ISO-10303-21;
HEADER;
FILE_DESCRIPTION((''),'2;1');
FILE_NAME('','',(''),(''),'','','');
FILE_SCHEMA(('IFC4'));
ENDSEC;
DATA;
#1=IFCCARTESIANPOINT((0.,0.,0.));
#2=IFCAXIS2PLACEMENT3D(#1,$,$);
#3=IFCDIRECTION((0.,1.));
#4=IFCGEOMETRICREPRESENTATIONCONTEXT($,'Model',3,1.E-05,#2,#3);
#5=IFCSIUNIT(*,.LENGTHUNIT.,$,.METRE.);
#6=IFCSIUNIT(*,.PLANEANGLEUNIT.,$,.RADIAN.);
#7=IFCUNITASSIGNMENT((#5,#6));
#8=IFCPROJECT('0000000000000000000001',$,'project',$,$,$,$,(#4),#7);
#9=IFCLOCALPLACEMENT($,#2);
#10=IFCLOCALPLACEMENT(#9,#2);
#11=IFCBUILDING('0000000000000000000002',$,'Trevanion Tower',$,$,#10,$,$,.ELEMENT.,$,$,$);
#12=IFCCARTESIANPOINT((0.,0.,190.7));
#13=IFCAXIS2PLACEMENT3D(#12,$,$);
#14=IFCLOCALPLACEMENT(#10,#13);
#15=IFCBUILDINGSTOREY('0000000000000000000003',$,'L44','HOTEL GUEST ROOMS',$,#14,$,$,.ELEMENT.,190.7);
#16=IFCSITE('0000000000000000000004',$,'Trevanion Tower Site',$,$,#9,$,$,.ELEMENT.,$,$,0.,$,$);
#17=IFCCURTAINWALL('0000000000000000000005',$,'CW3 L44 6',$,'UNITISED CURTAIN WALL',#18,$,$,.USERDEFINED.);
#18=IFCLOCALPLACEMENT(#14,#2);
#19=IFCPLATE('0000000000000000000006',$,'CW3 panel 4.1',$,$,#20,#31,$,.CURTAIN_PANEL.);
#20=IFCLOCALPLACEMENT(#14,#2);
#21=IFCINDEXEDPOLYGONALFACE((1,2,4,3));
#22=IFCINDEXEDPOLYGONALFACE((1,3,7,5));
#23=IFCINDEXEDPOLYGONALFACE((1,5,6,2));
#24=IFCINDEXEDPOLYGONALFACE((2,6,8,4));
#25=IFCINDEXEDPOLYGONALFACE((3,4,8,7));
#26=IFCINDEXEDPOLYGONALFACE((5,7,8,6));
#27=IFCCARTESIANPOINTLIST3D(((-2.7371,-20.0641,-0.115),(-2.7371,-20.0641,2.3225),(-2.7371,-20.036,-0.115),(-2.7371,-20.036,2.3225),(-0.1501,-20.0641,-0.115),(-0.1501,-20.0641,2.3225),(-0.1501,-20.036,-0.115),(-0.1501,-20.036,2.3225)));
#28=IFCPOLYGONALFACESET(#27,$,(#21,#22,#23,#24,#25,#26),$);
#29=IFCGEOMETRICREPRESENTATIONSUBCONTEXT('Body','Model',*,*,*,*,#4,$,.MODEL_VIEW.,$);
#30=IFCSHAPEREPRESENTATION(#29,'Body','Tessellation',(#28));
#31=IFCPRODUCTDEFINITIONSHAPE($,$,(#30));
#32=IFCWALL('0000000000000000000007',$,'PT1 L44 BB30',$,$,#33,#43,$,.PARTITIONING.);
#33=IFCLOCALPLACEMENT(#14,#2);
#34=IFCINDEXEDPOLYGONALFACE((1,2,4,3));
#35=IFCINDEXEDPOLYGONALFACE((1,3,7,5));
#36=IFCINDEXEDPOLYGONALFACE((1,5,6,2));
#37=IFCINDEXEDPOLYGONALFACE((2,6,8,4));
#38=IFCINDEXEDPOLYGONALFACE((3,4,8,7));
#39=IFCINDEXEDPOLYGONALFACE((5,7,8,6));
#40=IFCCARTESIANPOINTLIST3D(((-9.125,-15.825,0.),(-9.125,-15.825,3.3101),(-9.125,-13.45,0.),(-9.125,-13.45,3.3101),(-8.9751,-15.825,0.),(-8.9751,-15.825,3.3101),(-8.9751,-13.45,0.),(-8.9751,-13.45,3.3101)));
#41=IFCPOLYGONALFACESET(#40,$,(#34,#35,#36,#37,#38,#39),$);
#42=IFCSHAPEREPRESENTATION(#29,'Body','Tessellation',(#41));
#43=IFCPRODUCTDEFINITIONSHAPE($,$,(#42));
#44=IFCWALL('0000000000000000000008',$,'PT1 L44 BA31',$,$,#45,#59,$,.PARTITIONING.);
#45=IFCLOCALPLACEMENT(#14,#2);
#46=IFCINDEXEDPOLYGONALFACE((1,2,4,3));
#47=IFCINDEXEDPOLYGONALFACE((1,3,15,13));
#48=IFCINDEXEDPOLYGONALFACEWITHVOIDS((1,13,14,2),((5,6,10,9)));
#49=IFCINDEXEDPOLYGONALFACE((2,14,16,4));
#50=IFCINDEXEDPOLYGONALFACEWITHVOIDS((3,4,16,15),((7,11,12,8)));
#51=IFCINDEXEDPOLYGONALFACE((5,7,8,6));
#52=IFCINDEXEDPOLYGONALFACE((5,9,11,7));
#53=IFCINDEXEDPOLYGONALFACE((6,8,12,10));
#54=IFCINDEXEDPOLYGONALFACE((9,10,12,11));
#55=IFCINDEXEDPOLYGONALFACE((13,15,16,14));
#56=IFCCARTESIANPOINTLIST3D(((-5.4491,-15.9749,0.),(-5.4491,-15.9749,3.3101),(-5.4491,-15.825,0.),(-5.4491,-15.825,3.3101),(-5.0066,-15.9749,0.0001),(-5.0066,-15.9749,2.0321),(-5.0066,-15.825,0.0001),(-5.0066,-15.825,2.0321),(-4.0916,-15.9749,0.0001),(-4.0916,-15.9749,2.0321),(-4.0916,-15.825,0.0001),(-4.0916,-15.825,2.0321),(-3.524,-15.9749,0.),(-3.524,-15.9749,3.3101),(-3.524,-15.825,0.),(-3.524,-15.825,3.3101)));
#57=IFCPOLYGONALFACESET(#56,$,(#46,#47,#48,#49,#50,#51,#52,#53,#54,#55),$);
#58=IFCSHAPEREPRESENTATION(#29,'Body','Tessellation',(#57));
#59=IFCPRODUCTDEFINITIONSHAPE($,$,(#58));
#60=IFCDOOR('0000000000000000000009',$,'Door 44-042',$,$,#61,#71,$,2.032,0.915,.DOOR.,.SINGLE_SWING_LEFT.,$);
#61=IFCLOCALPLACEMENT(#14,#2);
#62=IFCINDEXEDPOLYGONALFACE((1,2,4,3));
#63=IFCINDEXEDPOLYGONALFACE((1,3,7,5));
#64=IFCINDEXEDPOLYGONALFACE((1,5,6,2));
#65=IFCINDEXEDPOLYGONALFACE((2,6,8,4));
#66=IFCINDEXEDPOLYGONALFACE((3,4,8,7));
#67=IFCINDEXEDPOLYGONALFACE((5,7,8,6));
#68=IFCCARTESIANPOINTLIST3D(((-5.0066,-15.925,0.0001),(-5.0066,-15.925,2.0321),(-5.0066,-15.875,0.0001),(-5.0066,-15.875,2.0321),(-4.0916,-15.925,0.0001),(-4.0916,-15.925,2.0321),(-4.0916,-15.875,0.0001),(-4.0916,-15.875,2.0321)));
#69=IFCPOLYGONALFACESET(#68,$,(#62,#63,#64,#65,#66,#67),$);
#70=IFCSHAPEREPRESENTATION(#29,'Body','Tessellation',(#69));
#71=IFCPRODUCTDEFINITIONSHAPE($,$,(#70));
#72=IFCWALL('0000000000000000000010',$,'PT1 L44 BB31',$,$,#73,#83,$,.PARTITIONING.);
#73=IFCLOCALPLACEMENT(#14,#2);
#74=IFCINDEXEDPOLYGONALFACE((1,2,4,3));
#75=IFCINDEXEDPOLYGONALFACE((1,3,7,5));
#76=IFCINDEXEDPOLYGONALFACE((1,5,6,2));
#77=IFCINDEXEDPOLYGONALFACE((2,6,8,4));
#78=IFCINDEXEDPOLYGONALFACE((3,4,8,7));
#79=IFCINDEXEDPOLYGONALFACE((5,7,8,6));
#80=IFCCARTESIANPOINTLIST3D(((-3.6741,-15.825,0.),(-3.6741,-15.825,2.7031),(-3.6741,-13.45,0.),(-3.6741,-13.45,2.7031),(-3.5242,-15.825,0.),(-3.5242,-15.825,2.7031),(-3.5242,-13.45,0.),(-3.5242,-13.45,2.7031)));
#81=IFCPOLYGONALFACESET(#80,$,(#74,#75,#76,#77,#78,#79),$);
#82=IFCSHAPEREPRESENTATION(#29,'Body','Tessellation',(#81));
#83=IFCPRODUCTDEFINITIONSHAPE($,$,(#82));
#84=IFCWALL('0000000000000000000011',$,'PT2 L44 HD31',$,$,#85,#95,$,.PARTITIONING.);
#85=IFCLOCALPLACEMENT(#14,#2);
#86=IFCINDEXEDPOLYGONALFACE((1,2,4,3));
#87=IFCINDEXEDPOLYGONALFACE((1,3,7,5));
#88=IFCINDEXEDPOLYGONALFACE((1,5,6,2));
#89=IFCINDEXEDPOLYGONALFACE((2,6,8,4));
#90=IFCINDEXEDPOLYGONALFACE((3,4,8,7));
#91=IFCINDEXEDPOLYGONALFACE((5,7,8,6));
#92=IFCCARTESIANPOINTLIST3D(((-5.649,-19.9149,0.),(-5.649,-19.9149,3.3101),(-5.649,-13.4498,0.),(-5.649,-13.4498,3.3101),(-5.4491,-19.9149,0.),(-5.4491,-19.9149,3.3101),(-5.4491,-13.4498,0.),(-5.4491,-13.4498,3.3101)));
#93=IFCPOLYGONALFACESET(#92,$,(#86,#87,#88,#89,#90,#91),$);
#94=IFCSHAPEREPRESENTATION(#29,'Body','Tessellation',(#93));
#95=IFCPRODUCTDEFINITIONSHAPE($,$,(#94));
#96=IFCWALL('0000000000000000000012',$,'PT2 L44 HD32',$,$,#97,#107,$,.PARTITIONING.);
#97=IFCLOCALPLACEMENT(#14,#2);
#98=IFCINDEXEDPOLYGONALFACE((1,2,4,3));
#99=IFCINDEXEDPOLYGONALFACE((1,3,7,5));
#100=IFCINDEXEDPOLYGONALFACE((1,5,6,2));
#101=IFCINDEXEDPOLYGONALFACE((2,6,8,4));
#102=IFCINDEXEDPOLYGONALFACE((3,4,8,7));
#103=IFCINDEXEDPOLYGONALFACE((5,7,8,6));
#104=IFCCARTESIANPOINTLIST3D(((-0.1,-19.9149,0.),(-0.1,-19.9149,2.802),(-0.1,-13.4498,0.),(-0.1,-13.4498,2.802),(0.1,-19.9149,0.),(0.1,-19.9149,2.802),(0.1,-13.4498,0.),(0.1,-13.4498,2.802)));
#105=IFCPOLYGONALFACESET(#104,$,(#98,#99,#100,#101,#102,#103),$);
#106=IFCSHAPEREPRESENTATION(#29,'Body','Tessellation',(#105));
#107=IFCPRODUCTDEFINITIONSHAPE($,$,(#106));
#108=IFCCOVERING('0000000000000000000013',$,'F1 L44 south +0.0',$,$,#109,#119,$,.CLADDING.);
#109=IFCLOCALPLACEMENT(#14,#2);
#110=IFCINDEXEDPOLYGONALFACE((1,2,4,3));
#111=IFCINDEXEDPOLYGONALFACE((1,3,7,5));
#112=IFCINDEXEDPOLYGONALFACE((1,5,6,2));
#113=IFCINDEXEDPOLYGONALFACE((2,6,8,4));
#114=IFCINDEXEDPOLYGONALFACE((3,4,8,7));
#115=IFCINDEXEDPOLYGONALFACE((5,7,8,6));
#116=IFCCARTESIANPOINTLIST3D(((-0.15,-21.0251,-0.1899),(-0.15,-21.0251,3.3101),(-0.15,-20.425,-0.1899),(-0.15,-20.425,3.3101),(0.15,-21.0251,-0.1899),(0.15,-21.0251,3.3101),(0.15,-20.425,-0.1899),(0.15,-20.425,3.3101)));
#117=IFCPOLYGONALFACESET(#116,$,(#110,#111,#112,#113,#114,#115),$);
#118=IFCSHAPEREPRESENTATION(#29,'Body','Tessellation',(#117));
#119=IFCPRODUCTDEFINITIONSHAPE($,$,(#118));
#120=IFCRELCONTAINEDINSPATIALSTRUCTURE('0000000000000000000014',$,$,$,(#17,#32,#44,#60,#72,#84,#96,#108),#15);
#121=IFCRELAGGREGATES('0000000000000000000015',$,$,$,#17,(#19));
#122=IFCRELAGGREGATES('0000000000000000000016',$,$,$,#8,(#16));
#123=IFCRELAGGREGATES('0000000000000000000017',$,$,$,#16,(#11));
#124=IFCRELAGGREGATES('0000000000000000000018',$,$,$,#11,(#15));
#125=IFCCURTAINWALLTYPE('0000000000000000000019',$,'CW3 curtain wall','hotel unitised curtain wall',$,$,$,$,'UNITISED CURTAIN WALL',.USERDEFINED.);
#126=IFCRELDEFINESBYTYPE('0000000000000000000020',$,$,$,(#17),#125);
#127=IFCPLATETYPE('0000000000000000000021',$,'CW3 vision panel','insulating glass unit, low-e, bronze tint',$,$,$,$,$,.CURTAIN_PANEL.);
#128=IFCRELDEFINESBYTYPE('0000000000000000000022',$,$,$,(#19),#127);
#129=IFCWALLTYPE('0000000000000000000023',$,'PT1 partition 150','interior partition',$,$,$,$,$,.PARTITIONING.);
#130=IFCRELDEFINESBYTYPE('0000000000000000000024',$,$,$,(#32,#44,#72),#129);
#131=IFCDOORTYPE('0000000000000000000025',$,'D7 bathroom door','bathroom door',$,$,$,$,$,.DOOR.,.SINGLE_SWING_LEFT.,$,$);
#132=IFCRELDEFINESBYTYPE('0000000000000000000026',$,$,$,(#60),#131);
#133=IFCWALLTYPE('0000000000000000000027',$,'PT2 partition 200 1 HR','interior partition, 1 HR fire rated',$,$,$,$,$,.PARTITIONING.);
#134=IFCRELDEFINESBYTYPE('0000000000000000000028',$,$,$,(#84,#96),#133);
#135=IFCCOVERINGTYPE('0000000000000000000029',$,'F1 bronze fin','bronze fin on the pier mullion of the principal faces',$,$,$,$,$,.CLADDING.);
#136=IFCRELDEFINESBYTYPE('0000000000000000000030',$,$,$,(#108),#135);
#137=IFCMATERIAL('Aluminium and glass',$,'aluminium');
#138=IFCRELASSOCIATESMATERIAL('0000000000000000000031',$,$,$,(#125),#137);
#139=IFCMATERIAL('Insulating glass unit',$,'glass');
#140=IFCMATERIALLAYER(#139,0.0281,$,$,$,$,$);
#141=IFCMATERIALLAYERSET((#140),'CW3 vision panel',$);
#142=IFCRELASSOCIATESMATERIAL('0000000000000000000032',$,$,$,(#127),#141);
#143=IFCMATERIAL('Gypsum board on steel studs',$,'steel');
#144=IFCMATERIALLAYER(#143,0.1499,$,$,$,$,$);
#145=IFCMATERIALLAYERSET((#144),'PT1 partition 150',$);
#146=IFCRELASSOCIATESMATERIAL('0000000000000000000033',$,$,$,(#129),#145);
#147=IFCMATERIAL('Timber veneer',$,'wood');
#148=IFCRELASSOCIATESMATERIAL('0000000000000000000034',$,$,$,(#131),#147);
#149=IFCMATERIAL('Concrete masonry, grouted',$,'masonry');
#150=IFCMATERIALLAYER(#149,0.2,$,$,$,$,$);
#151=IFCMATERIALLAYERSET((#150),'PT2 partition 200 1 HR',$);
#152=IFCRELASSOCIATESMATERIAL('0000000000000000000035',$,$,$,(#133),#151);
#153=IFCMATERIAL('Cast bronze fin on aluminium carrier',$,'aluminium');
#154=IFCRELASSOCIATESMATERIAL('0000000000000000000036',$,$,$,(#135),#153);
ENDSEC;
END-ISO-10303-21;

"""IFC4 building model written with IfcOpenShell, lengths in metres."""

from ifc_helpers import new_model, si_unit, direction, frame, frame_2d, origin, origin_2d, place, context, subcontext, project, spatial, rectangle, extrude, material, layer, layer_set, type_object, element, fill, aggregate, save


model = new_model("IFC4")

# Units and contexts
model_context = context("Model", 3, precision=1e-05, world=origin(), true_north=direction((0.0, 1.0)))
body_context = subcontext(model_context, "Body", "Model", "MODEL_VIEW")
ifc_project = project(units=[si_unit("LENGTHUNIT", "METRE"), si_unit("PLANEANGLEUNIT", "RADIAN")], contexts=[model_context])

# Site, building, storey
site_placement = place(None, origin())
site = spatial("IfcSite", under=ifc_project, at=site_placement, Name="Trevanion Tower Site", CompositionType="ELEMENT", RefElevation=0.0)
building_placement = place(site_placement, origin())
building = spatial("IfcBuilding", under=site, at=building_placement, Name="Trevanion Tower", CompositionType="ELEMENT")
storey_placement = place(building_placement, frame((0.0, 0.0, 190.7)))
storey = spatial("IfcBuildingStorey", under=building, at=storey_placement, Name="L44", Description="HOTEL GUEST ROOMS", CompositionType="ELEMENT", Elevation=190.7)

# Curtain wall
ifc_material_1 = material(Name="Aluminium and glass", Category="aluminium")
curtain_wall_type = type_object("IfcCurtainWallType", Name="CW3 curtain wall", Description="hotel unitised curtain wall", ElementType="UNITISED CURTAIN WALL", PredefinedType="USERDEFINED", material=ifc_material_1)
curtain_wall_placement = place(storey_placement, origin())
curtain_wall = element("IfcCurtainWall", 1, at=curtain_wall_placement, inside=storey, type_object=curtain_wall_type, Name="CW3 L44 6", ObjectType="UNITISED CURTAIN WALL", PredefinedType="USERDEFINED")

# Plate
ifc_material_2 = material(Name="Insulating glass unit", Category="glass")
ifc_layer_1 = layer(ifc_material_2, 0.0281)
ifc_layer_set_1 = layer_set([ifc_layer_1], Name="CW3 vision panel")
plate_type_1 = type_object("IfcPlateType", Name="CW3 vision panel", Description="insulating glass unit, low-e, bronze tint", PredefinedType="CURTAIN_PANEL", material=ifc_layer_set_1)
plate_1_placement = place(storey_placement, frame((-1.4436, -20.05, -0.115), z_axis=(0.0, 0.0, 1.0), x_axis=(1.0, 0.0, 0.0)))
plate_1 = element("IfcPlate", 2, at=plate_1_placement, type_object=plate_type_1, Name="CW3 panel 4.1", PredefinedType="CURTAIN_PANEL", context=body_context, shape_type="SweptSolid", body=[
    extrude(rectangle(XDim=2.5869, YDim=0.0281, at=origin_2d()), origin(), (0.0, 0.0, 1.0), 2.4375),
])
aggregate(curtain_wall, [plate_1])

# Wall
ifc_material_3 = material(Name="Gypsum board on steel studs", Category="steel")
ifc_layer_2 = layer(ifc_material_3, 0.1499)
ifc_layer_set_2 = layer_set([ifc_layer_2], Name="PT1 partition 150")
wall_type_1 = type_object("IfcWallType", Name="PT1 partition 150", Description="interior partition", PredefinedType="PARTITIONING", material=ifc_layer_set_2)
wall_1_placement = place(storey_placement, frame((-9.05, -13.45, 0.0), z_axis=(0.0, 0.0, 1.0), x_axis=(0.0, -1.0, 0.0)))
element("IfcWall", 3, at=wall_1_placement, inside=storey, type_object=wall_type_1, Name="PT1 L44 BB30", PredefinedType="PARTITIONING", context=body_context, shape_type="SweptSolid", body=[
    extrude(rectangle(XDim=2.375, YDim=0.1499, at=frame_2d((1.1875, 0.0))), origin(), (0.0, 0.0, 1.0), 3.3101),
])

# Wall, opening, door
wall_2_placement = place(storey_placement, frame((-5.449, -15.8999, 0.0), z_axis=(0.0, 0.0, 1.0), x_axis=(1.0, 0.0, 0.0)))
wall_2 = element("IfcWall", 4, at=wall_2_placement, inside=storey, type_object=wall_type_1, Name="PT1 L44 BA31", PredefinedType="PARTITIONING", context=body_context, shape_type="SweptSolid", body=[
    extrude(rectangle(XDim=1.925, YDim=0.1499, at=frame_2d((0.9624, 0.0))), origin(), (0.0, 0.0, 1.0), 3.3101),
])
opening_placement = place(wall_2_placement, frame((0.4424, 0.0, 0.0)))
opening = element("IfcOpeningElement", 5, at=opening_placement, cuts=wall_2, PredefinedType="OPENING", context=body_context, shape_type="SweptSolid", body=[
    extrude(rectangle(XDim=0.915, YDim=2.032, at=frame_2d((0.4575, 1.0161))), frame((0.0, 0.085, 0.0), z_axis=(0.0, -1.0, 0.0), x_axis=(1.0, 0.0, 0.0)), (0.0, 0.0, 1.0), 0.1699),
])
ifc_material_4 = material(Name="Timber veneer", Category="wood")
door_type = type_object("IfcDoorType", Name="D7 bathroom door", Description="bathroom door", OperationType="SINGLE_SWING_LEFT", PredefinedType="DOOR", material=ifc_material_4)
door_placement = place(opening_placement, origin())
door = element("IfcDoor", 6, at=door_placement, inside=storey, type_object=door_type, Name="Door 44-042", OperationType="SINGLE_SWING_LEFT", OverallHeight=2.032, OverallWidth=0.915, PredefinedType="DOOR", context=body_context, shape_type="SweptSolid", body=[
    extrude(rectangle(XDim=0.915, YDim=2.032, at=frame_2d((0.4575, 1.0161))), frame((0.0, 0.0249, 0.0), z_axis=(0.0, -1.0, 0.0), x_axis=(1.0, 0.0, 0.0)), (0.0, 0.0, 1.0), 0.05),
])
fill(opening, door)

# Walls
wall_3_placement = place(storey_placement, frame((-3.5991, -13.45, 0.0), z_axis=(0.0, 0.0, 1.0), x_axis=(0.0, -1.0, 0.0)))
element("IfcWall", 7, at=wall_3_placement, inside=storey, type_object=wall_type_1, Name="PT1 L44 BB31", PredefinedType="PARTITIONING", context=body_context, shape_type="SweptSolid", body=[
    extrude(rectangle(XDim=2.375, YDim=0.1499, at=frame_2d((1.1875, 0.0))), origin(), (0.0, 0.0, 1.0), 2.7031),
])
ifc_material_5 = material(Name="Concrete masonry, grouted", Category="masonry")
ifc_layer_3 = layer(ifc_material_5, 0.2)
ifc_layer_set_3 = layer_set([ifc_layer_3], Name="PT2 partition 200 1 HR")
wall_type_2 = type_object("IfcWallType", Name="PT2 partition 200 1 HR", Description="interior partition, 1 HR fire rated", PredefinedType="PARTITIONING", material=ifc_layer_set_3)
wall_4_placement = place(storey_placement, frame((-5.5491, -13.45, 0.0), z_axis=(0.0, 0.0, 1.0), x_axis=(0.0, -1.0, 0.0)))
element("IfcWall", 8, at=wall_4_placement, inside=storey, type_object=wall_type_2, Name="PT2 L44 HD31", PredefinedType="PARTITIONING", context=body_context, shape_type="SweptSolid", body=[
    extrude(rectangle(XDim=6.4651, YDim=0.2, at=frame_2d((3.2324, 0.0))), origin(), (0.0, 0.0, 1.0), 3.3101),
])
wall_5_placement = place(storey_placement, frame((0.0, -13.45, 0.0), z_axis=(0.0, 0.0, 1.0), x_axis=(0.0, -1.0, 0.0)))
element("IfcWall", 9, at=wall_5_placement, inside=storey, type_object=wall_type_2, Name="PT2 L44 HD32", PredefinedType="PARTITIONING", context=body_context, shape_type="SweptSolid", body=[
    extrude(rectangle(XDim=6.4651, YDim=0.2, at=frame_2d((3.2324, 0.0))), origin(), (0.0, 0.0, 1.0), 2.802),
])

# Covering
ifc_material_6 = material(Name="Cast bronze fin on aluminium carrier", Category="aluminium")
covering_type = type_object("IfcCoveringType", Name="F1 bronze fin", Description="bronze fin on the pier mullion of the principal faces", PredefinedType="CLADDING", material=ifc_material_6)
covering_placement = place(storey_placement, frame((0.0, -20.7251, -0.1899), z_axis=(0.0, 0.0, 1.0), x_axis=(1.0, 0.0, 0.0)))
element("IfcCovering", 10, at=covering_placement, inside=storey, type_object=covering_type, Name="F1 L44 south +0.0", PredefinedType="CLADDING", context=body_context, shape_type="SweptSolid", body=[
    extrude(rectangle(XDim=0.3, YDim=0.6001, at=origin_2d()), origin(), (0.0, 0.0, 1.0), 3.5),
])

save(model, "model.ifc")
